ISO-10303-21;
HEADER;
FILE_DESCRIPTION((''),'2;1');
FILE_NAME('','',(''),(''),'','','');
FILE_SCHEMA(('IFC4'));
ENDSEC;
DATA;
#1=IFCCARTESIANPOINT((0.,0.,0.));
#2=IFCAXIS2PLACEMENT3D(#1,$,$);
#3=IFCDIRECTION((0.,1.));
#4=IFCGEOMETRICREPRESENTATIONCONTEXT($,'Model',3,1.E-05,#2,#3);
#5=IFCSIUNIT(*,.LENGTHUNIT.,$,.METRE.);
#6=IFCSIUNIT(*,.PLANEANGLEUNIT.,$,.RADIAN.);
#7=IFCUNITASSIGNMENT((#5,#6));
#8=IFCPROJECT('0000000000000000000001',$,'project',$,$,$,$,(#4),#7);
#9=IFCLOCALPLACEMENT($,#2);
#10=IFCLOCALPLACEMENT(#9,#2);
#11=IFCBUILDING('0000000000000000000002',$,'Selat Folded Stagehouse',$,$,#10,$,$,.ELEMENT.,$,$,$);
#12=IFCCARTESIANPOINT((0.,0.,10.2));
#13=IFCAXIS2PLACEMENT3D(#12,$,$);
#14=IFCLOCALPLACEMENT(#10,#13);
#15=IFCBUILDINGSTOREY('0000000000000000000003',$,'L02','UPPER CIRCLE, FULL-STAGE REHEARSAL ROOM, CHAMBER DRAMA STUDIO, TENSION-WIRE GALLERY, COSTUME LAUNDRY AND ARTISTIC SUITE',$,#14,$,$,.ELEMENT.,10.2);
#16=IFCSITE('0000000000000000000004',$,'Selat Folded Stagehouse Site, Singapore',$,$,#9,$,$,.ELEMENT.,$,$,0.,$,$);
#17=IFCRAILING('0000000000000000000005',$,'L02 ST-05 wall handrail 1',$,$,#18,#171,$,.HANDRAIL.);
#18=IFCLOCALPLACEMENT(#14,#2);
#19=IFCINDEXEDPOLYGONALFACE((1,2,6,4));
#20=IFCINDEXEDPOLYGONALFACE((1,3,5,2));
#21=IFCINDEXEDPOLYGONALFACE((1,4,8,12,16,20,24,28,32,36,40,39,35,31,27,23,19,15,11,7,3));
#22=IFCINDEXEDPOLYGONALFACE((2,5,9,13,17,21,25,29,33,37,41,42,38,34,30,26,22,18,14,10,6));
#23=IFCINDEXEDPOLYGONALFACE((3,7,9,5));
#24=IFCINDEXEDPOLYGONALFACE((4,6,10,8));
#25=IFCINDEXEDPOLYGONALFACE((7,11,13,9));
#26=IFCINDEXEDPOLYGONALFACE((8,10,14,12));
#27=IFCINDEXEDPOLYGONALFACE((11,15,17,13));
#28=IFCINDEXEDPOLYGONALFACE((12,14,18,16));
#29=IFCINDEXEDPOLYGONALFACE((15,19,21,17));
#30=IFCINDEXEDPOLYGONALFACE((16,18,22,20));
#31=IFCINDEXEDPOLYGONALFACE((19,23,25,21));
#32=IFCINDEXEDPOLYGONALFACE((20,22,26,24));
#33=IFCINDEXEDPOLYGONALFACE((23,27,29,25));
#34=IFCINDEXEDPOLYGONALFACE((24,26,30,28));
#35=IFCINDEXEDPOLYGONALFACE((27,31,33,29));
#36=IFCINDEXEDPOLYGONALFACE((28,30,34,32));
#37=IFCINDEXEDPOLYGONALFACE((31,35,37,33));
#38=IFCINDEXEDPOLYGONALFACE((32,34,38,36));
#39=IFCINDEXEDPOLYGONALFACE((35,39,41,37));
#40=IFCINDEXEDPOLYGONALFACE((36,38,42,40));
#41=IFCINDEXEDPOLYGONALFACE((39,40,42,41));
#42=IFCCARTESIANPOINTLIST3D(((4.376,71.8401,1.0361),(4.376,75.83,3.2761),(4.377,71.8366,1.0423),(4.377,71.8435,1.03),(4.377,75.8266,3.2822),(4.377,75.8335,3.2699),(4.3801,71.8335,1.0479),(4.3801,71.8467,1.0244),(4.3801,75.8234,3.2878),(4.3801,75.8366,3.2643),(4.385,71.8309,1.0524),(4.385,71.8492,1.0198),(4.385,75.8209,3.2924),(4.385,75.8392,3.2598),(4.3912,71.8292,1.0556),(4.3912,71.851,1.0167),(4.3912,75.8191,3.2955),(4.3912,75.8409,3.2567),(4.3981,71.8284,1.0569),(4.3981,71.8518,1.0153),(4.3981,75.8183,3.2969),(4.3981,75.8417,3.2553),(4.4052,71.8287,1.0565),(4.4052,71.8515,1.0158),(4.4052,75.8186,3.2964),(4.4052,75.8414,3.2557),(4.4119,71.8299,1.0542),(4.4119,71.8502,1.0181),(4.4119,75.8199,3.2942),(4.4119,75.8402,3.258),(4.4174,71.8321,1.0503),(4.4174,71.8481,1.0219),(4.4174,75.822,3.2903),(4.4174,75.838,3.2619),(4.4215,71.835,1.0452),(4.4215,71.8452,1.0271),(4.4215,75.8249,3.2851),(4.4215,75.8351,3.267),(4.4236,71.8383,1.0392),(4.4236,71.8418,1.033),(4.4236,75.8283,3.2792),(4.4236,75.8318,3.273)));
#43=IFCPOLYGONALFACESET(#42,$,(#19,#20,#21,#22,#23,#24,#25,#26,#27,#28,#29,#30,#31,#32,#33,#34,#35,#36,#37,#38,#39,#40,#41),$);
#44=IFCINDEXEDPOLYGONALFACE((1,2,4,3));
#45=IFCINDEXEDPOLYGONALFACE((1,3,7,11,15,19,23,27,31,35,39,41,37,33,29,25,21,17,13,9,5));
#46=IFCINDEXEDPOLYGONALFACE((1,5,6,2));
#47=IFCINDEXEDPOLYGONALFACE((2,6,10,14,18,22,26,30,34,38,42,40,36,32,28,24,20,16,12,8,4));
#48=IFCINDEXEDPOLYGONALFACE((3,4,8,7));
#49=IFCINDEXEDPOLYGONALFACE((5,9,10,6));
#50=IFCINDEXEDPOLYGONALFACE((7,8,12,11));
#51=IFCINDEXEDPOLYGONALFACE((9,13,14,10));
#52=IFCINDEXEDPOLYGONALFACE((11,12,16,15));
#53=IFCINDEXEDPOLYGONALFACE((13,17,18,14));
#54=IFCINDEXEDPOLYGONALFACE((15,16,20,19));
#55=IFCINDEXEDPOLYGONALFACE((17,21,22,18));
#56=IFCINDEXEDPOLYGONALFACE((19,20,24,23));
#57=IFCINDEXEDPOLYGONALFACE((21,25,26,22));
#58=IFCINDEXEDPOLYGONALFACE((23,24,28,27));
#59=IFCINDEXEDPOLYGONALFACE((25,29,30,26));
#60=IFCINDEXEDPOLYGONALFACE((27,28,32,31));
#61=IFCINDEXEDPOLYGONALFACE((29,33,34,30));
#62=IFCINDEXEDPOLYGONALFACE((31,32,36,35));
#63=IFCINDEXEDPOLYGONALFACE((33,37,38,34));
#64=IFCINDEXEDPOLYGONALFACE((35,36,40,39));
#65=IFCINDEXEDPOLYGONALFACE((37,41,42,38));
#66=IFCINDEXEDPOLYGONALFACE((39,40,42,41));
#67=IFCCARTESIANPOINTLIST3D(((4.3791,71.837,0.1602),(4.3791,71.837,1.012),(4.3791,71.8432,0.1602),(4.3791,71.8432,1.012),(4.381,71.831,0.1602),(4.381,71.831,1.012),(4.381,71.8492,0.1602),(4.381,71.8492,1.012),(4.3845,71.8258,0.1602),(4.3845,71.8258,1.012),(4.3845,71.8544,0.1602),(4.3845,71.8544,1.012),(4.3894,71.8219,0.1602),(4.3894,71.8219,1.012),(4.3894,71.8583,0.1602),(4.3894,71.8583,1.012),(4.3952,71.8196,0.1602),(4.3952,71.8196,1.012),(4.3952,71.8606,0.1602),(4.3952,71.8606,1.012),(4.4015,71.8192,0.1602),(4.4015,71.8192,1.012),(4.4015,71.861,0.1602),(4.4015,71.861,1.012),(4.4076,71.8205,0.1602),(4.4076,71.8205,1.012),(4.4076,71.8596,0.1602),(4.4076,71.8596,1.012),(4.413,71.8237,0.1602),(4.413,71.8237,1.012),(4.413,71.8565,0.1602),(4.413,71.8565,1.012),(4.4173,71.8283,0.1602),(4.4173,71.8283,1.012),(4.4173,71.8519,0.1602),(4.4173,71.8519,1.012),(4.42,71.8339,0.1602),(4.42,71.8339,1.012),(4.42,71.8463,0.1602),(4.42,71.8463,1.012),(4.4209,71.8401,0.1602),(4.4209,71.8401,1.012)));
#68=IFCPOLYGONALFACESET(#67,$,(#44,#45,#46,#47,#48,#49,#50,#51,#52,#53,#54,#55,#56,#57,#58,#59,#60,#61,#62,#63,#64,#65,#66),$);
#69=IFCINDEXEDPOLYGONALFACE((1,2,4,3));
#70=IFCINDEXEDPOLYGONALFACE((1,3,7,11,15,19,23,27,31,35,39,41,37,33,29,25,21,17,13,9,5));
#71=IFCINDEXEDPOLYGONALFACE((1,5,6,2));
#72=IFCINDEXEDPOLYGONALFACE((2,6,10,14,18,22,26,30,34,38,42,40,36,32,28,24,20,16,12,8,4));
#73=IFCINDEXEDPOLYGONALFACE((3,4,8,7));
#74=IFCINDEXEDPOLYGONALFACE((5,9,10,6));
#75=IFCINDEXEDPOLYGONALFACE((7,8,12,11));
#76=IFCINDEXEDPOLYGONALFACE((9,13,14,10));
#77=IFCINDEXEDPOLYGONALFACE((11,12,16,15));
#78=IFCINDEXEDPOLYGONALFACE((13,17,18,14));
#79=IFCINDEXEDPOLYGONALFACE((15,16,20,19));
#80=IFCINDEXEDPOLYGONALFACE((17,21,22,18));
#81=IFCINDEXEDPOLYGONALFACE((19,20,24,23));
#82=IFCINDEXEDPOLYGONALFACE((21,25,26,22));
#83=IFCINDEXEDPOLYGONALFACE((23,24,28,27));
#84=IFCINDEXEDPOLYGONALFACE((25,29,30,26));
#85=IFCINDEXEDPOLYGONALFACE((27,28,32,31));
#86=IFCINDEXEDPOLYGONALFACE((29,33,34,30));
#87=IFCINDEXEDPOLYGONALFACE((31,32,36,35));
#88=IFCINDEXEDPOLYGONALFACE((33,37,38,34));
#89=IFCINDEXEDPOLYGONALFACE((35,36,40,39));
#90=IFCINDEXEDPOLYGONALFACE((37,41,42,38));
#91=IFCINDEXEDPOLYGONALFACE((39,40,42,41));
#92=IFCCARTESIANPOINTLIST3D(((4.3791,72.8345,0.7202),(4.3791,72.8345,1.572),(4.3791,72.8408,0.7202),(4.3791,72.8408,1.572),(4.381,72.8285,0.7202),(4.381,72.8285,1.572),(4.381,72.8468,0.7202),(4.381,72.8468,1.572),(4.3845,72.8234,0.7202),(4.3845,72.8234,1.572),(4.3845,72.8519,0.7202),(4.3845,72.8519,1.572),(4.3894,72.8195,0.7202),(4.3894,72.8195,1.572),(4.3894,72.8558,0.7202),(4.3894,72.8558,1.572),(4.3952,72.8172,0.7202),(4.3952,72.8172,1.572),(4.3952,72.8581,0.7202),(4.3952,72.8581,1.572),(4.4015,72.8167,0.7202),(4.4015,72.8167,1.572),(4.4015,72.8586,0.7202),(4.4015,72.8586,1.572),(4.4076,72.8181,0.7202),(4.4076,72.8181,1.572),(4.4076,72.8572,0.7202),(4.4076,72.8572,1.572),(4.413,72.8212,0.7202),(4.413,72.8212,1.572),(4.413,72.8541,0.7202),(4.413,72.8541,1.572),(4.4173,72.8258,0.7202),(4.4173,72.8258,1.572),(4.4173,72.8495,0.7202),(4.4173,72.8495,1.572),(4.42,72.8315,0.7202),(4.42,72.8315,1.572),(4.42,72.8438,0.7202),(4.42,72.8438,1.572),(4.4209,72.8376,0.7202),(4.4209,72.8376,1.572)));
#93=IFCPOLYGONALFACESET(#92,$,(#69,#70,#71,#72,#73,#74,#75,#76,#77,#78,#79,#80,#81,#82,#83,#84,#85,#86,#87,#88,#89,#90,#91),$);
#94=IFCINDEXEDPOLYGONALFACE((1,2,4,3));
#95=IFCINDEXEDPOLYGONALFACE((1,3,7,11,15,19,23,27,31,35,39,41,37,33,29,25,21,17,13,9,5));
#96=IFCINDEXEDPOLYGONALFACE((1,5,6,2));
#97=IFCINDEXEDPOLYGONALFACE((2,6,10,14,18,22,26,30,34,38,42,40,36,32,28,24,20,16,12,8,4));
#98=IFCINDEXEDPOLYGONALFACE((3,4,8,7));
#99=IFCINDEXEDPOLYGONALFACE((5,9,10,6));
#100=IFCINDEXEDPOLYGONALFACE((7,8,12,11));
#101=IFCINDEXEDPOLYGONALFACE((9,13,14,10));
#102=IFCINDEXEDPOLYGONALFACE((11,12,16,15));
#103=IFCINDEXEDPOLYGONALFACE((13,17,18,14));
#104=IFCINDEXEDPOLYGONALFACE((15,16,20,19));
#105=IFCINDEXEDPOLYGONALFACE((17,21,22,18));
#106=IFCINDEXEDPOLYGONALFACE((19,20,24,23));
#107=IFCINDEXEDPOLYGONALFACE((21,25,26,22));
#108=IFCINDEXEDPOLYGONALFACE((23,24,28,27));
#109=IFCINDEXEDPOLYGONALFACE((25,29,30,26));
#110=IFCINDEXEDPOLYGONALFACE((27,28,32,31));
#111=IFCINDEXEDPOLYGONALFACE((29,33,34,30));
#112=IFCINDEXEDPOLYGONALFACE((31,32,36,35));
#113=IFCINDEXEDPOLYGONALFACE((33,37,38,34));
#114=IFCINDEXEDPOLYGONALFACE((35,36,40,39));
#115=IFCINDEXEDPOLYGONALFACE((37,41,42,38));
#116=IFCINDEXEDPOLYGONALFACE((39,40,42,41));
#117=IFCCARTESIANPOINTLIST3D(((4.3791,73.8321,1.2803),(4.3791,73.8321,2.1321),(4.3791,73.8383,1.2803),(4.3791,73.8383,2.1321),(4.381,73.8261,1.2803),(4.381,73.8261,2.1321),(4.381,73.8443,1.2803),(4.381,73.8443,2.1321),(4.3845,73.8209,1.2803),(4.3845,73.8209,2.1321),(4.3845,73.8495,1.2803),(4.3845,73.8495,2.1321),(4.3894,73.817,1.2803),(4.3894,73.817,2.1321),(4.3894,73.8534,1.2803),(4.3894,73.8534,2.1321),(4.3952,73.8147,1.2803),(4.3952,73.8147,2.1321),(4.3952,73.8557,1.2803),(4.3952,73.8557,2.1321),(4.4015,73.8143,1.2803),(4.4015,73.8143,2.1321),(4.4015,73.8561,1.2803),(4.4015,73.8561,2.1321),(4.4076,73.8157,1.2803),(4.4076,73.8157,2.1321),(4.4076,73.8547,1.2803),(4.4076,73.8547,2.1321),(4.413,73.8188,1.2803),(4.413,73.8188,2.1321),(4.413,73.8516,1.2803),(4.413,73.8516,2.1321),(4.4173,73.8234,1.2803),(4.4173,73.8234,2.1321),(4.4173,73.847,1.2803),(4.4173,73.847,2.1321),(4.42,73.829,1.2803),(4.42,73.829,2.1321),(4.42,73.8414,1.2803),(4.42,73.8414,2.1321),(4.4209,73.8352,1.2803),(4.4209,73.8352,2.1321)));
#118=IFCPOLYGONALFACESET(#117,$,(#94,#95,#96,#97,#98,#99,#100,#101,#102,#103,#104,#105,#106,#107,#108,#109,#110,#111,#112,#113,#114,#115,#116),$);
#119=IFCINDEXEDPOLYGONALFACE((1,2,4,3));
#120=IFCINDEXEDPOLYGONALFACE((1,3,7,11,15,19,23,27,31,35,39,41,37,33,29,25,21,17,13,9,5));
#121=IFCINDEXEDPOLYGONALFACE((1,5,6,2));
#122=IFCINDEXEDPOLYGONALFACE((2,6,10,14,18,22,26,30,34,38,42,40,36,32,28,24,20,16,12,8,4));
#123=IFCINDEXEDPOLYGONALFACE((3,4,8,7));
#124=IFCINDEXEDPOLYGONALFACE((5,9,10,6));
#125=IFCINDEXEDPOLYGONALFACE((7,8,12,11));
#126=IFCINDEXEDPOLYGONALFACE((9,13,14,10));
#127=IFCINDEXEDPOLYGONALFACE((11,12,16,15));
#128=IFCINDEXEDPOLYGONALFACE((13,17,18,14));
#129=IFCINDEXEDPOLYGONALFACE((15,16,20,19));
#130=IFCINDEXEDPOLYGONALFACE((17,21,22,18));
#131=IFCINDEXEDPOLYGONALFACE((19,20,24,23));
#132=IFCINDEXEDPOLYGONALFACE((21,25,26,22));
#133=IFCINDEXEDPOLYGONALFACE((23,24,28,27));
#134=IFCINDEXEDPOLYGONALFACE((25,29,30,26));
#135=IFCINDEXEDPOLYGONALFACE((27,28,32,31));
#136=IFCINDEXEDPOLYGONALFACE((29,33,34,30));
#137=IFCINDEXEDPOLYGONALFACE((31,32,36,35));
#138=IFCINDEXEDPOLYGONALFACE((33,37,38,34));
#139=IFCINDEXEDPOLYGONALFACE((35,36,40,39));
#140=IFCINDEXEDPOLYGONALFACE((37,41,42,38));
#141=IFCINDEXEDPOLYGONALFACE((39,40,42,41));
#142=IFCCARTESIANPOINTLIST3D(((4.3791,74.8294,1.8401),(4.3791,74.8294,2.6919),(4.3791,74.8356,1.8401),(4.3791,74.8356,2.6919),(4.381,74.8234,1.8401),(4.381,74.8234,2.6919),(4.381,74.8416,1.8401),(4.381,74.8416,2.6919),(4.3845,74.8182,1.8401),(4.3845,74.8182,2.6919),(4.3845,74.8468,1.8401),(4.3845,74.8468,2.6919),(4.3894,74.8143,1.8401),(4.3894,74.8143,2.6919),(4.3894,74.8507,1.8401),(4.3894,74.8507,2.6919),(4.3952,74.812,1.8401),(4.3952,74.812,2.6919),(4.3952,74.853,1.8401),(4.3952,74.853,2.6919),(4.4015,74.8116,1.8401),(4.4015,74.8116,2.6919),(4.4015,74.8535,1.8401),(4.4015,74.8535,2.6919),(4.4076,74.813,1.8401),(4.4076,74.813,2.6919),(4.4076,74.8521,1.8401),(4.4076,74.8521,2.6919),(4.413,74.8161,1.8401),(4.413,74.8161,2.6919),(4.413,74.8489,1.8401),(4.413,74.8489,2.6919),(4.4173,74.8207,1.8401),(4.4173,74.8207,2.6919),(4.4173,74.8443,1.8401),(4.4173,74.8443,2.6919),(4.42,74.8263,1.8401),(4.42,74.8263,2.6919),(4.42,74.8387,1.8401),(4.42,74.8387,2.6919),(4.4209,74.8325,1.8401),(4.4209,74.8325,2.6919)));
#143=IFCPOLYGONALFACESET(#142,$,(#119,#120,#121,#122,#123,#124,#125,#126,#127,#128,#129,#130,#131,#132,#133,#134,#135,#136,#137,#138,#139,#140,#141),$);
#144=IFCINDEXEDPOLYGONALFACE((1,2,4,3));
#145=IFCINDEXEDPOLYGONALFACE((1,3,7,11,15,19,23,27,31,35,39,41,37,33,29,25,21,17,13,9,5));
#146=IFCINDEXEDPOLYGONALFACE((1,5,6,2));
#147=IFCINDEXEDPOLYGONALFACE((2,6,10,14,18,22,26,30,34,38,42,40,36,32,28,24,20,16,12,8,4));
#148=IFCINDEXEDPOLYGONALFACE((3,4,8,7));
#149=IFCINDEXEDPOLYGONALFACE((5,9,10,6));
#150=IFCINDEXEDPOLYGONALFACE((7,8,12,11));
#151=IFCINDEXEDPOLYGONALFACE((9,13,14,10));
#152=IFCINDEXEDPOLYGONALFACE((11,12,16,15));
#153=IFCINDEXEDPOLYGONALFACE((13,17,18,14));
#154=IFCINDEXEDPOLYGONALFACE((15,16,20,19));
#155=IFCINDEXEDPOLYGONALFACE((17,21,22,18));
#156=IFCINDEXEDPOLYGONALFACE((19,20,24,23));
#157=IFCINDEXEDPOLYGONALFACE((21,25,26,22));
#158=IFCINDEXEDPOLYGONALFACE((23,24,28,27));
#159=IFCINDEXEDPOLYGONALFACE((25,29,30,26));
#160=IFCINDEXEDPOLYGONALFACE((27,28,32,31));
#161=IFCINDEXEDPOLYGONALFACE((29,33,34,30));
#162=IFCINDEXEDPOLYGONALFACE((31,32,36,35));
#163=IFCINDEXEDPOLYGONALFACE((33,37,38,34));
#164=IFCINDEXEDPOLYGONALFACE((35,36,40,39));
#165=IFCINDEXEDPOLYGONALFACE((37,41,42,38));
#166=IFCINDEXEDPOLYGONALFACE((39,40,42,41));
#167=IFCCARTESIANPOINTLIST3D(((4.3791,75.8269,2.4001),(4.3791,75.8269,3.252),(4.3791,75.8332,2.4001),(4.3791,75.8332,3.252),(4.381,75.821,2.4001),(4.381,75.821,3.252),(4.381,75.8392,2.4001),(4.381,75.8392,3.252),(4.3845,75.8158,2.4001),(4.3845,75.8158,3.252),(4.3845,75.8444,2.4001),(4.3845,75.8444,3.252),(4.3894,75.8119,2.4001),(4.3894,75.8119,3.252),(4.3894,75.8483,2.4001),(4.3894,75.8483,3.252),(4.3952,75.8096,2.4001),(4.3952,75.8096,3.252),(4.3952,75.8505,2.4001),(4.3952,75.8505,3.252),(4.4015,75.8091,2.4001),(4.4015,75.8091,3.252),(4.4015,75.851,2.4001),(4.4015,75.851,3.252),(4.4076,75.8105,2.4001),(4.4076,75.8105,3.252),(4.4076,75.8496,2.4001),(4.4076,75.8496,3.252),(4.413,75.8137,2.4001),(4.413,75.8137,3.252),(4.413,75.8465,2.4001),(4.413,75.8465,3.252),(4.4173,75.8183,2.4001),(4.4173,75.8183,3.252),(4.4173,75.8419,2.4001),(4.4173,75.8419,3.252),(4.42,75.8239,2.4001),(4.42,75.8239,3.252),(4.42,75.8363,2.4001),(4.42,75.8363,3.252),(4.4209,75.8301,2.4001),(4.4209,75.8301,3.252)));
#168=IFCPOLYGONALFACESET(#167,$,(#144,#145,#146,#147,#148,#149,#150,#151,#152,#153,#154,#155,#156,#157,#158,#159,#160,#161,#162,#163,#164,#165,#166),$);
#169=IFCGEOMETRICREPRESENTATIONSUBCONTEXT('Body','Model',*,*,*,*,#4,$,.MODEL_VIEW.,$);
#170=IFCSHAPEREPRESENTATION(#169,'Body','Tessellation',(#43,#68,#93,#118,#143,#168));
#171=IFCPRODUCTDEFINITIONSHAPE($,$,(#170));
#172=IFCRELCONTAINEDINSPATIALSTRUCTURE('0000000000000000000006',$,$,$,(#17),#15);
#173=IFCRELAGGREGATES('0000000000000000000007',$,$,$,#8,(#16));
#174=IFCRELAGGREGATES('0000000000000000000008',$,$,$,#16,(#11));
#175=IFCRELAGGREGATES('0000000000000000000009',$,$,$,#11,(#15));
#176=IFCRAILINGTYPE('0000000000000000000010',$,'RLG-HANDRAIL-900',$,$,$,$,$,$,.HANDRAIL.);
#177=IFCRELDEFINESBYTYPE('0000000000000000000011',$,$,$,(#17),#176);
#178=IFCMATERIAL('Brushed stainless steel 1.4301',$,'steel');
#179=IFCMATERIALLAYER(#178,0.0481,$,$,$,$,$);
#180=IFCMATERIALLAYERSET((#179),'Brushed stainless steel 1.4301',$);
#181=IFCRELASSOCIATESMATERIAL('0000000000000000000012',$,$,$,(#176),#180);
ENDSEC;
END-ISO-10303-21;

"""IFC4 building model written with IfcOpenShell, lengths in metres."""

from ifc_helpers import new_model, si_unit, direction, frame, origin, origin_2d, place, context, subcontext, project, spatial, circle, extrude, material, layer, layer_set, type_object, element, save


model = new_model("IFC4")

# Units and contexts
model_context = context("Model", 3, precision=1e-05, world=origin(), true_north=direction((0.0, 1.0)))
body_context = subcontext(model_context, "Body", "Model", "MODEL_VIEW")
ifc_project = project(units=[si_unit("LENGTHUNIT", "METRE"), si_unit("PLANEANGLEUNIT", "RADIAN")], contexts=[model_context])

# Site, building, storey
site_placement = place(None, origin())
site = spatial("IfcSite", under=ifc_project, at=site_placement, Name="Selat Folded Stagehouse Site, Singapore", CompositionType="ELEMENT", RefElevation=0.0)
building_placement = place(site_placement, origin())
building = spatial("IfcBuilding", under=site, at=building_placement, Name="Selat Folded Stagehouse", CompositionType="ELEMENT")
storey_placement = place(building_placement, frame((0.0, 0.0, 10.2)))
storey = spatial("IfcBuildingStorey", under=building, at=storey_placement, Name="L02", Description="UPPER CIRCLE, FULL-STAGE REHEARSAL ROOM, CHAMBER DRAMA STUDIO, TENSION-WIRE GALLERY, COSTUME LAUNDRY AND ARTISTIC SUITE", CompositionType="ELEMENT", Elevation=10.2)

# Railing
ifc_material_1 = material(Name="Brushed stainless steel 1.4301", Category="steel")
ifc_layer_1 = layer(ifc_material_1, 0.0481)
ifc_layer_set_1 = layer_set([ifc_layer_1], Name="Brushed stainless steel 1.4301")
railing_type_1 = type_object("IfcRailingType", Name="RLG-HANDRAIL-900", PredefinedType="HANDRAIL", material=ifc_layer_set_1)
railing_1_placement = place(storey_placement, frame((4.3999, 71.8401, 0.1602)))
element("IfcRailing", 1, at=railing_1_placement, inside=storey, type_object=railing_type_1, Name="L02 ST-05 wall handrail 1", PredefinedType="HANDRAIL", context=body_context, shape_type="SweptSolid", body=[
    extrude(circle(Radius=0.0239, at=origin_2d()), frame((0.0, 0.0, 0.876), z_axis=(0.0, 0.871984, 0.489534), x_axis=(-1.0, 0.0, 0.0)), (0.0, 0.0, 1.0), 4.5757),
    extrude(circle(Radius=0.021, at=origin_2d()), origin(), (0.0, 0.0, 1.0), 0.8518),
    extrude(circle(Radius=0.021, at=origin_2d()), frame((0.0, 0.9976, 0.5601)), (0.0, 0.0, 1.0), 0.8518),
    extrude(circle(Radius=0.021, at=origin_2d()), frame((0.0, 1.9951, 1.1201)), (0.0, 0.0, 1.0), 0.8518),
    extrude(circle(Radius=0.021, at=origin_2d()), frame((0.0, 2.9924, 1.6799)), (0.0, 0.0, 1.0), 0.8518),
    extrude(circle(Radius=0.021, at=origin_2d()), frame((0.0, 3.99, 2.24)), (0.0, 0.0, 1.0), 0.8518),
])

save(model, "model.ifc")
